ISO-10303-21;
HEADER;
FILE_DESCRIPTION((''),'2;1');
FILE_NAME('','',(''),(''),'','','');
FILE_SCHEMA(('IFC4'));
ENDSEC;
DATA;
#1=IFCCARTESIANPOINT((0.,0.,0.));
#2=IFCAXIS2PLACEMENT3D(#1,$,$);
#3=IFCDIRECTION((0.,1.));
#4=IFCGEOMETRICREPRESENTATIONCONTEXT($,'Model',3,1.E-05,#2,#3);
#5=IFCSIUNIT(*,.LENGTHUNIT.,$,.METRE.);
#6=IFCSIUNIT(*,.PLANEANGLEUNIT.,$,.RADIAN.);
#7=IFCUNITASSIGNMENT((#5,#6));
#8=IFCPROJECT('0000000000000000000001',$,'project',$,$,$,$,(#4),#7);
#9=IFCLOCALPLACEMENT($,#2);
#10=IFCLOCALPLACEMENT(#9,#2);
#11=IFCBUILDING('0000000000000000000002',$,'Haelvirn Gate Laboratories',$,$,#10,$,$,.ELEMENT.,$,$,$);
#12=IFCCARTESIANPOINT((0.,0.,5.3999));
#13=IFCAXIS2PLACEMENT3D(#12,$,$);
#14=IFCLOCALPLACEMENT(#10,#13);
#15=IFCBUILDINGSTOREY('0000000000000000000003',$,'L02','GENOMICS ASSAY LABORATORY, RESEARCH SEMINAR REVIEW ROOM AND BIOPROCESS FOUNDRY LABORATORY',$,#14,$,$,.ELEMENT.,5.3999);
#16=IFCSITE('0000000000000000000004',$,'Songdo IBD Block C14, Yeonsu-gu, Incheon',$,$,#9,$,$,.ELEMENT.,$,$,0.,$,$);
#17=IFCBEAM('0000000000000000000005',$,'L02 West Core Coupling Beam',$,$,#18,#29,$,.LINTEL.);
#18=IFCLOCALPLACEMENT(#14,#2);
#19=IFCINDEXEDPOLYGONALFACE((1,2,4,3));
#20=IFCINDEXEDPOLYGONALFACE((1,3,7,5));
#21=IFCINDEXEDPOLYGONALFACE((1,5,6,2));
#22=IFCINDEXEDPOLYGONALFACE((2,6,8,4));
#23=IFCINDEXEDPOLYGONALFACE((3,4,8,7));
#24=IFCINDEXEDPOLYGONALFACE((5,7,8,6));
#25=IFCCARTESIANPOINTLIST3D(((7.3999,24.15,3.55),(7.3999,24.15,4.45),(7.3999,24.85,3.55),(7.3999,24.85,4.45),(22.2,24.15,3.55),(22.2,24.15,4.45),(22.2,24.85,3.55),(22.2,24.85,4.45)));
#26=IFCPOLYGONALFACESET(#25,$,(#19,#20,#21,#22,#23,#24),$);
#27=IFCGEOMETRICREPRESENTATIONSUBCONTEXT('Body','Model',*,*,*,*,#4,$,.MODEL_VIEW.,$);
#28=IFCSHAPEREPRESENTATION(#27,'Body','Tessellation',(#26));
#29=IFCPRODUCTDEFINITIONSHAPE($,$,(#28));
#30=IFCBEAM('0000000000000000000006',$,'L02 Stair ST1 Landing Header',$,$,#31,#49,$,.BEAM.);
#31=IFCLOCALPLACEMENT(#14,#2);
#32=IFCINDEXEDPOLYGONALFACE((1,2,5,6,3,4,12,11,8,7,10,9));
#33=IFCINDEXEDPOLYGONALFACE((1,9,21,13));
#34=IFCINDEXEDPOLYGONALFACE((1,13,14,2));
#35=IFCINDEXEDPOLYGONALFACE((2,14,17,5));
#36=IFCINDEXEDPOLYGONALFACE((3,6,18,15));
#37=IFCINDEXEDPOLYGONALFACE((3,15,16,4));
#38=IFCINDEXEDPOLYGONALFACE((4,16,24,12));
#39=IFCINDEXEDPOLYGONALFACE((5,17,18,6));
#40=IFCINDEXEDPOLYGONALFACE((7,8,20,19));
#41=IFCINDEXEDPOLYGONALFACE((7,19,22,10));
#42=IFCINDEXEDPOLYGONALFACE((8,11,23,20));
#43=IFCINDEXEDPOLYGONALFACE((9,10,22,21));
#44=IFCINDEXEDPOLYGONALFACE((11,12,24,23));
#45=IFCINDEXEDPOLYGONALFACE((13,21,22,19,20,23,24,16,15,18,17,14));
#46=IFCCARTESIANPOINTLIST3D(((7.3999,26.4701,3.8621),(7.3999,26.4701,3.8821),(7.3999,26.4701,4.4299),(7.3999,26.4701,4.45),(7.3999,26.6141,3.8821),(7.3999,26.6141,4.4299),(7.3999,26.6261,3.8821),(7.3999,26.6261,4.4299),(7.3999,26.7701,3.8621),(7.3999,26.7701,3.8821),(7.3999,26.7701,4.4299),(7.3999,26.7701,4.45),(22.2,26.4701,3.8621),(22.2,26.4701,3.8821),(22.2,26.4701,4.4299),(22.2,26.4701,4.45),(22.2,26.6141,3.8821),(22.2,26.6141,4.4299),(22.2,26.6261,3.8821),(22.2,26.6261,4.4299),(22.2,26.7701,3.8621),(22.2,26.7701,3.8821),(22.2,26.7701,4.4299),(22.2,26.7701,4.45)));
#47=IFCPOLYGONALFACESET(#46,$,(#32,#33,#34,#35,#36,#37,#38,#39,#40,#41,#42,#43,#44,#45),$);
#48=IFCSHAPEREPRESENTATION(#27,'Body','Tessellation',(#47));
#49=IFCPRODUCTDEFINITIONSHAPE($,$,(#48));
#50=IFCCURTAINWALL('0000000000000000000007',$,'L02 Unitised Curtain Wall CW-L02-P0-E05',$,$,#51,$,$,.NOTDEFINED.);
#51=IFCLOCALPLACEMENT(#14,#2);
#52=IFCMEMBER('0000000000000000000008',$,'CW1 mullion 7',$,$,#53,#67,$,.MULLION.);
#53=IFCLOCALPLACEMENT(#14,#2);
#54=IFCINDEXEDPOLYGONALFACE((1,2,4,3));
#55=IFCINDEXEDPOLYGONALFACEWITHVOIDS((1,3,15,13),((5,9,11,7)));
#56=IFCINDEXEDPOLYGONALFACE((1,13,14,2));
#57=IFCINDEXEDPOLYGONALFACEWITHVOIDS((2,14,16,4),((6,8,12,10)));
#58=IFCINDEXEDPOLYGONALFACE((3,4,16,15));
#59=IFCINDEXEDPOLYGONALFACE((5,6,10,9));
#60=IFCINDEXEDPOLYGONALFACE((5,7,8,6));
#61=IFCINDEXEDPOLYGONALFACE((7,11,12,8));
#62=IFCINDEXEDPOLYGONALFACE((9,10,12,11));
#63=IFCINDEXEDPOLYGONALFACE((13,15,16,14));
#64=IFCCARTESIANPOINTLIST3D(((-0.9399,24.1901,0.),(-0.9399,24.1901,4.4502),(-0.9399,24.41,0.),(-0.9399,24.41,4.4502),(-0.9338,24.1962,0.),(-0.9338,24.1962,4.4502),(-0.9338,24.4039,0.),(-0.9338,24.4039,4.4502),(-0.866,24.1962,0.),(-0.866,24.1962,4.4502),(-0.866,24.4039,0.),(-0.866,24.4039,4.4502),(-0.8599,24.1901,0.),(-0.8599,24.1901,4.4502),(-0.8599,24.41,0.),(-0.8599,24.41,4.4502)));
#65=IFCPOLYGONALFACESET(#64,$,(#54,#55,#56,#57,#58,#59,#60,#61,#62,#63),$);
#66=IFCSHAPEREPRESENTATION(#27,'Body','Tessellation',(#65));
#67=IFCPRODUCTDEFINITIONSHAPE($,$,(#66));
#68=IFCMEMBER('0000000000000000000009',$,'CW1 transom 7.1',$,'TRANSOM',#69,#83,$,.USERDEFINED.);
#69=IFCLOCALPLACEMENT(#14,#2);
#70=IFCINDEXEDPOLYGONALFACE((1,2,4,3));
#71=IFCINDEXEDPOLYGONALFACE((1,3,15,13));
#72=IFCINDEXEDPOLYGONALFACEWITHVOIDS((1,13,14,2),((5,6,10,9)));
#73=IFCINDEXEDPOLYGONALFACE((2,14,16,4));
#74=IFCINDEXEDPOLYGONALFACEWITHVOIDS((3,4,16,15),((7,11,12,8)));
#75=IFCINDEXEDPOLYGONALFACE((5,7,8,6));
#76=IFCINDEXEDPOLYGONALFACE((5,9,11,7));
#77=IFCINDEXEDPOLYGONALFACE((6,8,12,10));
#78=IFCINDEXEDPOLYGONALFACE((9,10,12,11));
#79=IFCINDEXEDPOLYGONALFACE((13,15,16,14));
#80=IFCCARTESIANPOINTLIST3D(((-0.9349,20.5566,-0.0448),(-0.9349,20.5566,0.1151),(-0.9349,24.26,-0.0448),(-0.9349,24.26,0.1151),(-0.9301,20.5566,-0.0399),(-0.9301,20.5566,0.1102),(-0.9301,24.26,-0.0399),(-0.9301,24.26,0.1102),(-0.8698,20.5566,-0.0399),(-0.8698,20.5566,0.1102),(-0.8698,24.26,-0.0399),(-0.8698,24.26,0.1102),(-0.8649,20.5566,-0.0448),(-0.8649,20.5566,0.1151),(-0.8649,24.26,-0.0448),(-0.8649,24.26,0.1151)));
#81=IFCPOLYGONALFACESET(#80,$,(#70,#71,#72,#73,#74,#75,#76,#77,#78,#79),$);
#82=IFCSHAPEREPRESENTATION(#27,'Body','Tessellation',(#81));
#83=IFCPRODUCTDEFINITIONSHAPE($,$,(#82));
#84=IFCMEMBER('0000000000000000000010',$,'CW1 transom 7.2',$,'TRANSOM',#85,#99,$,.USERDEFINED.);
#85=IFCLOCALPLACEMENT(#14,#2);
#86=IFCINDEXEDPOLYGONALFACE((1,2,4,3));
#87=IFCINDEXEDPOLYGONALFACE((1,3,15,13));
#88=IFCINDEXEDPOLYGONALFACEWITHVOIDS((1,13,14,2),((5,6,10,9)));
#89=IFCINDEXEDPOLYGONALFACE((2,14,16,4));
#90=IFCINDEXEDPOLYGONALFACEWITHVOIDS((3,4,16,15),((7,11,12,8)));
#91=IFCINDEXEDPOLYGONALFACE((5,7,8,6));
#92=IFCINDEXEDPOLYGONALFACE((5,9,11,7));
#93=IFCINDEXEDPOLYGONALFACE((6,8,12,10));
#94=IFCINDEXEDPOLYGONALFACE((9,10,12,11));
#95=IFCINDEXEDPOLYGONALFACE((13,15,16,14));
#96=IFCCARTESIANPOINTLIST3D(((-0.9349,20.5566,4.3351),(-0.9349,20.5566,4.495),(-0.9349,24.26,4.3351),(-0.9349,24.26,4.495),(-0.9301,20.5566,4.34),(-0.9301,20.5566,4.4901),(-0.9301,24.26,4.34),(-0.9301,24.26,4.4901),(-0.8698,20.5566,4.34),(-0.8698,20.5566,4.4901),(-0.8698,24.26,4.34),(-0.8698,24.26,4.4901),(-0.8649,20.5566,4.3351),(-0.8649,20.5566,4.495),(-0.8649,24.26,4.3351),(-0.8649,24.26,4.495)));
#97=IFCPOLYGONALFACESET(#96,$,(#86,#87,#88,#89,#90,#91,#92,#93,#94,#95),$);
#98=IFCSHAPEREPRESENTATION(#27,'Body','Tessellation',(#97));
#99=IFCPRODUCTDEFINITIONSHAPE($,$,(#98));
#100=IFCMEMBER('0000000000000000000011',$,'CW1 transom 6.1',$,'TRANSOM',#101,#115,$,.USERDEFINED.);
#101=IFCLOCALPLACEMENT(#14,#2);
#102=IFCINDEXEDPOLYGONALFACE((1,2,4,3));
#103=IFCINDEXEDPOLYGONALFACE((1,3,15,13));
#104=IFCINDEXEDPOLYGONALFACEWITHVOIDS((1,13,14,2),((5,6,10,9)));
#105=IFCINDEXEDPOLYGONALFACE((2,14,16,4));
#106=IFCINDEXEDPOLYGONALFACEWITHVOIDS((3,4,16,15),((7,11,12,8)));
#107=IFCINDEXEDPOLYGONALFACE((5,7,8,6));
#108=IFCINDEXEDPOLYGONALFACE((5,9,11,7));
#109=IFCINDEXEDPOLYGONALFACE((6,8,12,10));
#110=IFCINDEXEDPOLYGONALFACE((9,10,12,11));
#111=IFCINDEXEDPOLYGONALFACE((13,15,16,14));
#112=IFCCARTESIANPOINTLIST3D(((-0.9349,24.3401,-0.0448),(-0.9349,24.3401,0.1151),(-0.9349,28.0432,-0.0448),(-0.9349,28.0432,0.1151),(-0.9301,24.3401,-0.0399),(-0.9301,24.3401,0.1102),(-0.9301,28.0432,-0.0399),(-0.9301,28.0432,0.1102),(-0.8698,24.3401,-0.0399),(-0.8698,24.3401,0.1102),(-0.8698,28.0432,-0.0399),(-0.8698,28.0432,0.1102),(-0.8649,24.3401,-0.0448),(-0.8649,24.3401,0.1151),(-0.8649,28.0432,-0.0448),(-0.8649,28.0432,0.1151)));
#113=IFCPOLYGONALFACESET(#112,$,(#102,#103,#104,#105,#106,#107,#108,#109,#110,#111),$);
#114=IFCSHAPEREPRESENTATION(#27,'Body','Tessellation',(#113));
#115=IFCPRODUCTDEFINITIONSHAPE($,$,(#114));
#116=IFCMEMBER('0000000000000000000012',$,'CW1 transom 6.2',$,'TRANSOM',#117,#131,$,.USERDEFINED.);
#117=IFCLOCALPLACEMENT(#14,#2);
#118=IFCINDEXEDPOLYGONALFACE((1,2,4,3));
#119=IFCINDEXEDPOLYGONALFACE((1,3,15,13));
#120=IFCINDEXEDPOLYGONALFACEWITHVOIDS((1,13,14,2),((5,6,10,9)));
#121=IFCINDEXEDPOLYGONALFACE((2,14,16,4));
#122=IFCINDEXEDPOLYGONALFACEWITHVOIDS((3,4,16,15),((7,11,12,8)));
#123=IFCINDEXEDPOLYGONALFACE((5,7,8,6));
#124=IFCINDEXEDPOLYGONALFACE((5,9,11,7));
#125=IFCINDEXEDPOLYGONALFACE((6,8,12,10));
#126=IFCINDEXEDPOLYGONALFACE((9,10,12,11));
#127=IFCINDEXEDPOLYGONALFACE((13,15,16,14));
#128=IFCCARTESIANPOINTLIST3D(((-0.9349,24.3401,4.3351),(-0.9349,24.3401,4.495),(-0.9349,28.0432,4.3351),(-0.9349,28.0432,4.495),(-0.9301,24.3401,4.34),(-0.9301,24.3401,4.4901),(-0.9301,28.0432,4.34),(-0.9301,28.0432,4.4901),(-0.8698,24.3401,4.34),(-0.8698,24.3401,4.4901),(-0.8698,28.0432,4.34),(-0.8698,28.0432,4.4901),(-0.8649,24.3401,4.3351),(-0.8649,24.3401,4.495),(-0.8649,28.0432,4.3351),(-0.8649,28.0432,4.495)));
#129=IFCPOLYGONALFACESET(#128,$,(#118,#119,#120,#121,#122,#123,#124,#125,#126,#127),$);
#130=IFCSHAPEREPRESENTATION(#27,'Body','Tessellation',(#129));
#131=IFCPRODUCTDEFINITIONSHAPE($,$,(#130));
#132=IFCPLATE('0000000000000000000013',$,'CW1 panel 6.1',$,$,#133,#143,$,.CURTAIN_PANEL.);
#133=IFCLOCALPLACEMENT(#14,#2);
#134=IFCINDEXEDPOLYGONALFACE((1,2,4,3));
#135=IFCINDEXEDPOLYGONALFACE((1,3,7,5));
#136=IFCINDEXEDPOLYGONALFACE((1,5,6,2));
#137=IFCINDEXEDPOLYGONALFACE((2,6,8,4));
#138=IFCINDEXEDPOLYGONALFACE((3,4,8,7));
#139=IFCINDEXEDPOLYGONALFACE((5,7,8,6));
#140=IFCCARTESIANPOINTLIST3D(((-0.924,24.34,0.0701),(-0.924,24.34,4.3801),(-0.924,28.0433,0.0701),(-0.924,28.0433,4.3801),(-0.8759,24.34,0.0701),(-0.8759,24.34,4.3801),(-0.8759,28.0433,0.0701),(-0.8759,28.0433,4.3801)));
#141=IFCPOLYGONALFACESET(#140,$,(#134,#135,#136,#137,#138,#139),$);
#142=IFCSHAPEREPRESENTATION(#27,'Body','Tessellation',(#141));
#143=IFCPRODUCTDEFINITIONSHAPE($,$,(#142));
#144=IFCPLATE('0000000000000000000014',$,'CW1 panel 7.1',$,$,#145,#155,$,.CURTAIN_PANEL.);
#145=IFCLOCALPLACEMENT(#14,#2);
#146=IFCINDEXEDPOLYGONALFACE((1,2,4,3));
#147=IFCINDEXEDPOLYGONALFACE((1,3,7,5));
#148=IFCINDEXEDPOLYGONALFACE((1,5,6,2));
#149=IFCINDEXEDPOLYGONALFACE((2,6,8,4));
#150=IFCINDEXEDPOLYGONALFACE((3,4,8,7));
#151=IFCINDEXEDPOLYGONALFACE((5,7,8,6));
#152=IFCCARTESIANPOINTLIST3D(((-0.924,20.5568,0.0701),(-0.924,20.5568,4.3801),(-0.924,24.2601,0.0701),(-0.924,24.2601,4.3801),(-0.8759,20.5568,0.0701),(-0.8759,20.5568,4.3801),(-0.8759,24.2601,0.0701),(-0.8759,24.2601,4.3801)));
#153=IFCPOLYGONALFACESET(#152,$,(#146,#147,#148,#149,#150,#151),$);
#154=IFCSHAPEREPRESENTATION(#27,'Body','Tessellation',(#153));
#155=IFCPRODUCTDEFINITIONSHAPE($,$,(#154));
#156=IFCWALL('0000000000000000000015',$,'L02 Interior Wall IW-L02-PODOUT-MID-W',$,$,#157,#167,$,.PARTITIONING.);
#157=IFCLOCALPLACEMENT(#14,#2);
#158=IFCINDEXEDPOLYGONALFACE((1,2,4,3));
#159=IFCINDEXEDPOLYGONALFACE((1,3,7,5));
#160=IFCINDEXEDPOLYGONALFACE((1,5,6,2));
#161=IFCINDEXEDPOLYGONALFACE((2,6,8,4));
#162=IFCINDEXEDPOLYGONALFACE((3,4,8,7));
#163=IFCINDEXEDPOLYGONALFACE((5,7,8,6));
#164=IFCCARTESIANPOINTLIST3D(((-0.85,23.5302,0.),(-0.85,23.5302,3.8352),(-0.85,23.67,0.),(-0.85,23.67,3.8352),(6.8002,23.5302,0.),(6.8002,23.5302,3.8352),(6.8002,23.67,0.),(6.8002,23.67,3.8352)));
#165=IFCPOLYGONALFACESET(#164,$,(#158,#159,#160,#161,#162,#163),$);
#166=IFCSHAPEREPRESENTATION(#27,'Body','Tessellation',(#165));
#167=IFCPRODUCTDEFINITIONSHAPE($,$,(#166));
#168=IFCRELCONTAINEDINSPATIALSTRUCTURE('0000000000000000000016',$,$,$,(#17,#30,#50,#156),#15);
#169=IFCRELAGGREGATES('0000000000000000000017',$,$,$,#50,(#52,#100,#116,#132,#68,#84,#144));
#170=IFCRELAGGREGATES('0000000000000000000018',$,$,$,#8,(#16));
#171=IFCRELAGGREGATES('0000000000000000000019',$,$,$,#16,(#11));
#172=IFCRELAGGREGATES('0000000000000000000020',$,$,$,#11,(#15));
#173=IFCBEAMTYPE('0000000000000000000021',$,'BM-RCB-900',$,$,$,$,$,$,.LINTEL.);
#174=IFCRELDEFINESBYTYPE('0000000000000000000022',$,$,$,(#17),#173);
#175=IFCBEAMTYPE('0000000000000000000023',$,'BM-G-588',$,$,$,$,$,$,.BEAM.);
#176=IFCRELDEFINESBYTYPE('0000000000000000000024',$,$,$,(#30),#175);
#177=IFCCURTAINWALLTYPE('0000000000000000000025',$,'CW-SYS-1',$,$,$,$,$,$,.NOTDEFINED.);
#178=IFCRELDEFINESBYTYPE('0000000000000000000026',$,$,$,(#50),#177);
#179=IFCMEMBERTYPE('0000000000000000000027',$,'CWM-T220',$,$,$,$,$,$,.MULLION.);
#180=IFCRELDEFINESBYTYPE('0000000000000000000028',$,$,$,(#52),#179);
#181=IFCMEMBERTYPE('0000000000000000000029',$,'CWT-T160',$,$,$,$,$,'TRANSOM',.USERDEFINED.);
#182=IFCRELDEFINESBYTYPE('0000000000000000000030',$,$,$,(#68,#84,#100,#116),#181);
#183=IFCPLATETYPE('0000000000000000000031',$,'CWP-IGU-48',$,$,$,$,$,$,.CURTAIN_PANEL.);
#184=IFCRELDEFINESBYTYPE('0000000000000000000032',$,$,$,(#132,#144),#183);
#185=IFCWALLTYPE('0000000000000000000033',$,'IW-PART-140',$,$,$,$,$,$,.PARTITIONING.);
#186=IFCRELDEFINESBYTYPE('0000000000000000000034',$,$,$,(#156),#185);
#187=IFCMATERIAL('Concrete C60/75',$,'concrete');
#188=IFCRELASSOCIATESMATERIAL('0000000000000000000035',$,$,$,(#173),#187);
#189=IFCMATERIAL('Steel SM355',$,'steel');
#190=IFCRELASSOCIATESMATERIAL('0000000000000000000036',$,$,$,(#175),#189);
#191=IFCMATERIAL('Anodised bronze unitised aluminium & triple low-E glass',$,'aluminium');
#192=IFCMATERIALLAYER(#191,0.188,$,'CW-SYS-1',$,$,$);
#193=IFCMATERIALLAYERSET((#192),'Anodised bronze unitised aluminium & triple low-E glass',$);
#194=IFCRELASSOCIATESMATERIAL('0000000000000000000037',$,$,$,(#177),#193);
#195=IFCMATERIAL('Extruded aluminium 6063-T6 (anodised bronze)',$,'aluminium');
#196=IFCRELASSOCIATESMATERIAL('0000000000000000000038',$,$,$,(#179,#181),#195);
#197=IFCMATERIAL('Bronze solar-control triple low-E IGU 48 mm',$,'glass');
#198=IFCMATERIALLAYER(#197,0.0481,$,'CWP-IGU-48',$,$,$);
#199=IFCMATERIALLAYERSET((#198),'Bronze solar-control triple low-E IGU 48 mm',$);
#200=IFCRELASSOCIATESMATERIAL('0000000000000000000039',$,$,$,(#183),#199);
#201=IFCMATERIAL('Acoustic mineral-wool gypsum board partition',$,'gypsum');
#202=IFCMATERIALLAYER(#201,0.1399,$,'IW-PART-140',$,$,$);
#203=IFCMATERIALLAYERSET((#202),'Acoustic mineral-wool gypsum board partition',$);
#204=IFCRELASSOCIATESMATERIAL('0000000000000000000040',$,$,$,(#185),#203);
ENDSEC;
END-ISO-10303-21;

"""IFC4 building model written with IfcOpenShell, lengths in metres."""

from ifc_helpers import new_model, si_unit, direction, frame, frame_2d, origin, origin_2d, place, context, subcontext, project, spatial, rectangle, hollow_rectangle, i_section, extrude, source, transform, mapped, material, layer, layer_set, material_profile, profile_set, type_object, type_shapes, element, aggregate, save


model = new_model("IFC4")

# Units and contexts
model_context = context("Model", 3, precision=1e-05, world=origin(), true_north=direction((0.0, 1.0)))
body_context = subcontext(model_context, "Body", "Model", "MODEL_VIEW")
ifc_project = project(units=[si_unit("LENGTHUNIT", "METRE"), si_unit("PLANEANGLEUNIT", "RADIAN")], contexts=[model_context])

# Site, building, storey
site_placement = place(None, origin())
site = spatial("IfcSite", under=ifc_project, at=site_placement, Name="Songdo IBD Block C14, Yeonsu-gu, Incheon", CompositionType="ELEMENT", RefElevation=0.0)
building_placement = place(site_placement, origin())
building = spatial("IfcBuilding", under=site, at=building_placement, Name="Haelvirn Gate Laboratories", CompositionType="ELEMENT")
storey_placement = place(building_placement, frame((0.0, 0.0, 5.3999)))
storey = spatial("IfcBuildingStorey", under=building, at=storey_placement, Name="L02", Description="GENOMICS ASSAY LABORATORY, RESEARCH SEMINAR REVIEW ROOM AND BIOPROCESS FOUNDRY LABORATORY", CompositionType="ELEMENT", Elevation=5.3999)

# Beams
ifc_material_1 = material(Name="Concrete C60/75", Category="concrete")
ifc_material_profile_1 = material_profile(ifc_material_1, rectangle(XDim=0.7, YDim=0.8999, at=origin_2d()), Name="RCB-700x900")
ifc_profile_set_1 = profile_set([ifc_material_profile_1], Name="Concrete C60/75")
beam_type_1 = type_object("IfcBeamType", Name="BM-RCB-900", PredefinedType="LINTEL", material=ifc_profile_set_1)
shared_shape_1 = source(origin(), body_context, "Body", "SweptSolid", [
    extrude(rectangle(XDim=0.7, YDim=0.8999, at=origin_2d()), origin(), (0.0, 0.0, 1.0), 14.8),
])
type_shapes(beam_type_1, [shared_shape_1])
beam_1_placement = place(storey_placement, frame((7.3999, 24.5, 4.0), z_axis=(1.0, 0.0, 0.0), x_axis=(0.0, 1.0, 0.0)))
element("IfcBeam", 1, at=beam_1_placement, inside=storey, type_object=beam_type_1, Name="L02 West Core Coupling Beam", PredefinedType="LINTEL", context=body_context, shape_type="MappedRepresentation", body=[
    mapped(shared_shape_1, transform((0.0, 0.0, 0.0), scale=1.0)),
])
ifc_material_2 = material(Name="Steel SM355", Category="steel")
ifc_material_profile_2 = material_profile(ifc_material_2, i_section(OverallWidth=0.3, OverallDepth=0.5879, WebThickness=0.012, FlangeThickness=0.02, at=origin_2d()), Name="H-588x300x12x20")
ifc_profile_set_2 = profile_set([ifc_material_profile_2], Name="Steel SM355")
beam_type_2 = type_object("IfcBeamType", Name="BM-G-588", PredefinedType="BEAM", material=ifc_profile_set_2)
shared_shape_2 = source(origin(), body_context, "Body", "SweptSolid", [
    extrude(i_section(OverallWidth=0.3, OverallDepth=0.5879, WebThickness=0.012, FlangeThickness=0.02, at=origin_2d()), origin(), (0.0, 0.0, 1.0), 14.8),
])
type_shapes(beam_type_2, [shared_shape_2])
beam_2_placement = place(storey_placement, frame((7.3999, 26.6201, 4.156), z_axis=(1.0, 0.0, 0.0), x_axis=(0.0, 1.0, 0.0)))
element("IfcBeam", 2, at=beam_2_placement, inside=storey, type_object=beam_type_2, Name="L02 Stair ST1 Landing Header", PredefinedType="BEAM", context=body_context, shape_type="MappedRepresentation", body=[
    mapped(shared_shape_2, transform((0.0, 0.0, 0.0), scale=1.0)),
])

# Curtain wall, members, plates
ifc_material_3 = material(Name="Anodised bronze unitised aluminium & triple low-E glass", Category="aluminium")
ifc_layer_1 = layer(ifc_material_3, 0.188, Name="CW-SYS-1")
ifc_layer_set_1 = layer_set([ifc_layer_1], Name="Anodised bronze unitised aluminium & triple low-E glass")
curtain_wall_type = type_object("IfcCurtainWallType", Name="CW-SYS-1", PredefinedType="NOTDEFINED", material=ifc_layer_set_1)
curtain_wall_placement = place(storey_placement, origin())
curtain_wall = element("IfcCurtainWall", 3, at=curtain_wall_placement, inside=storey, type_object=curtain_wall_type, Name="L02 Unitised Curtain Wall CW-L02-P0-E05", PredefinedType="NOTDEFINED")
ifc_material_4 = material(Name="Extruded aluminium 6063-T6 (anodised bronze)", Category="aluminium")
ifc_material_profile_3 = material_profile(ifc_material_4, hollow_rectangle(XDim=0.0801, YDim=0.22, WallThickness=0.0061, at=origin_2d()), Name="CWM-220x80x6")
ifc_profile_set_3 = profile_set([ifc_material_profile_3], Name="Extruded aluminium 6063-T6 (anodised bronze)")
member_type_1 = type_object("IfcMemberType", Name="CWM-T220", PredefinedType="MULLION", material=ifc_profile_set_3)
shared_shape_3 = source(origin(), body_context, "Body", "SweptSolid", [
    extrude(hollow_rectangle(XDim=0.0801, YDim=0.22, WallThickness=0.0061, at=origin_2d()), origin(), (0.0, 0.0, 1.0), 4.4502),
])
type_shapes(member_type_1, [shared_shape_3])
member_1_placement = place(storey_placement, frame((-0.8999, 24.3, 0.0), z_axis=(0.0, 0.0, 1.0), x_axis=(1.0, 0.0, 0.0)))
member_1 = element("IfcMember", 4, at=member_1_placement, type_object=member_type_1, Name="CW1 mullion 7", PredefinedType="MULLION", context=body_context, shape_type="MappedRepresentation", body=[
    mapped(shared_shape_3, transform((0.0, 0.0, 0.0), scale=1.0)),
])
ifc_material_profile_4 = material_profile(ifc_material_4, hollow_rectangle(XDim=0.0701, YDim=0.1599, WallThickness=0.0049, at=origin_2d()), Name="CWT-160x70x5")
ifc_profile_set_4 = profile_set([ifc_material_profile_4], Name="Extruded aluminium 6063-T6 (anodised bronze)")
member_type_2 = type_object("IfcMemberType", Name="CWT-T160", ElementType="TRANSOM", PredefinedType="USERDEFINED", material=ifc_profile_set_4)
shared_shape_4 = source(origin(), body_context, "Body", "SweptSolid", [
    extrude(hollow_rectangle(XDim=0.0701, YDim=0.1599, WallThickness=0.0049, at=origin_2d()), origin(), (0.0, 0.0, 1.0), 3.7034),
])
member_2_placement = place(storey_placement, frame((-0.8999, 24.26, 0.0352), z_axis=(0.0, -1.0, 0.0), x_axis=(1.0, 0.0, 0.0)))
member_2 = element("IfcMember", 5, at=member_2_placement, type_object=member_type_2, Name="CW1 transom 7.1", ObjectType="TRANSOM", PredefinedType="USERDEFINED", context=body_context, shape_type="MappedRepresentation", body=[
    mapped(shared_shape_4, transform((0.0, 0.0, 0.0), scale=1.0)),
])
member_3_placement = place(storey_placement, frame((-0.8999, 24.26, 4.415), z_axis=(0.0, -1.0, 0.0), x_axis=(1.0, 0.0, 0.0)))
member_3 = element("IfcMember", 6, at=member_3_placement, type_object=member_type_2, Name="CW1 transom 7.2", ObjectType="TRANSOM", PredefinedType="USERDEFINED", context=body_context, shape_type="MappedRepresentation", body=[
    mapped(shared_shape_4, transform((0.0, 0.0, 0.0), scale=1.0)),
])
shared_shape_5 = source(origin(), body_context, "Body", "SweptSolid", [
    extrude(hollow_rectangle(XDim=0.0701, YDim=0.1599, WallThickness=0.0049, at=origin_2d()), origin(), (0.0, 0.0, 1.0), 3.7031),
])
type_shapes(member_type_2, [shared_shape_4, shared_shape_5])
member_4_placement = place(storey_placement, frame((-0.8999, 28.0432, 0.0352), z_axis=(0.0, -1.0, 0.0), x_axis=(1.0, 0.0, 0.0)))
member_4 = element("IfcMember", 7, at=member_4_placement, type_object=member_type_2, Name="CW1 transom 6.1", ObjectType="TRANSOM", PredefinedType="USERDEFINED", context=body_context, shape_type="MappedRepresentation", body=[
    mapped(shared_shape_5, transform((0.0, 0.0, 0.0), scale=1.0)),
])
member_5_placement = place(storey_placement, frame((-0.8999, 28.0432, 4.415), z_axis=(0.0, -1.0, 0.0), x_axis=(1.0, 0.0, 0.0)))
member_5 = element("IfcMember", 8, at=member_5_placement, type_object=member_type_2, Name="CW1 transom 6.2", ObjectType="TRANSOM", PredefinedType="USERDEFINED", context=body_context, shape_type="MappedRepresentation", body=[
    mapped(shared_shape_5, transform((0.0, 0.0, 0.0), scale=1.0)),
])
ifc_material_5 = material(Name="Bronze solar-control triple low-E IGU 48 mm", Category="glass")
ifc_layer_2 = layer(ifc_material_5, 0.0481, Name="CWP-IGU-48")
ifc_layer_set_2 = layer_set([ifc_layer_2], Name="Bronze solar-control triple low-E IGU 48 mm")
plate_type = type_object("IfcPlateType", Name="CWP-IGU-48", PredefinedType="CURTAIN_PANEL", material=ifc_layer_set_2)
shared_shape_6 = source(origin(), body_context, "Body", "SweptSolid", [
    extrude(rectangle(XDim=3.7034, YDim=0.0481, at=origin_2d()), origin(), (0.0, 0.0, 1.0), 4.3101),
])
type_shapes(plate_type, [shared_shape_6])
plate_1_placement = place(storey_placement, frame((-0.8999, 26.1917, 0.0701), z_axis=(0.0, 0.0, 1.0), x_axis=(0.0, -1.0, 0.0)))
plate_1 = element("IfcPlate", 9, at=plate_1_placement, type_object=plate_type, Name="CW1 panel 6.1", PredefinedType="CURTAIN_PANEL", context=body_context, shape_type="MappedRepresentation", body=[
    mapped(shared_shape_6, transform((0.0, 0.0, 0.0), scale=1.0)),
])
plate_2_placement = place(storey_placement, frame((-0.8999, 22.4084, 0.0701), z_axis=(0.0, 0.0, 1.0), x_axis=(0.0, -1.0, 0.0)))
plate_2 = element("IfcPlate", 10, at=plate_2_placement, type_object=plate_type, Name="CW1 panel 7.1", PredefinedType="CURTAIN_PANEL", context=body_context, shape_type="MappedRepresentation", body=[
    mapped(shared_shape_6, transform((0.0, 0.0, 0.0), scale=1.0)),
])
aggregate(curtain_wall, [member_1, member_4, member_5, plate_1, member_2, member_3, plate_2])

# Wall
ifc_material_6 = material(Name="Acoustic mineral-wool gypsum board partition", Category="gypsum")
ifc_layer_3 = layer(ifc_material_6, 0.1399, Name="IW-PART-140")
ifc_layer_set_3 = layer_set([ifc_layer_3], Name="Acoustic mineral-wool gypsum board partition")
wall_type_1 = type_object("IfcWallType", Name="IW-PART-140", PredefinedType="PARTITIONING", material=ifc_layer_set_3)
wall_1_placement = place(storey_placement, frame((-0.8501, 23.6001, 0.0), z_axis=(0.0, 0.0, 1.0), x_axis=(1.0, 0.0, 0.0)))
element("IfcWall", 11, at=wall_1_placement, inside=storey, type_object=wall_type_1, Name="L02 Interior Wall IW-L02-PODOUT-MID-W", PredefinedType="PARTITIONING", context=body_context, shape_type="SweptSolid", body=[
    extrude(rectangle(XDim=7.6501, YDim=0.1399, at=frame_2d((3.8252, 0.0))), origin(), (0.0, 0.0, 1.0), 3.8352),
])

save(model, "model.ifc")
